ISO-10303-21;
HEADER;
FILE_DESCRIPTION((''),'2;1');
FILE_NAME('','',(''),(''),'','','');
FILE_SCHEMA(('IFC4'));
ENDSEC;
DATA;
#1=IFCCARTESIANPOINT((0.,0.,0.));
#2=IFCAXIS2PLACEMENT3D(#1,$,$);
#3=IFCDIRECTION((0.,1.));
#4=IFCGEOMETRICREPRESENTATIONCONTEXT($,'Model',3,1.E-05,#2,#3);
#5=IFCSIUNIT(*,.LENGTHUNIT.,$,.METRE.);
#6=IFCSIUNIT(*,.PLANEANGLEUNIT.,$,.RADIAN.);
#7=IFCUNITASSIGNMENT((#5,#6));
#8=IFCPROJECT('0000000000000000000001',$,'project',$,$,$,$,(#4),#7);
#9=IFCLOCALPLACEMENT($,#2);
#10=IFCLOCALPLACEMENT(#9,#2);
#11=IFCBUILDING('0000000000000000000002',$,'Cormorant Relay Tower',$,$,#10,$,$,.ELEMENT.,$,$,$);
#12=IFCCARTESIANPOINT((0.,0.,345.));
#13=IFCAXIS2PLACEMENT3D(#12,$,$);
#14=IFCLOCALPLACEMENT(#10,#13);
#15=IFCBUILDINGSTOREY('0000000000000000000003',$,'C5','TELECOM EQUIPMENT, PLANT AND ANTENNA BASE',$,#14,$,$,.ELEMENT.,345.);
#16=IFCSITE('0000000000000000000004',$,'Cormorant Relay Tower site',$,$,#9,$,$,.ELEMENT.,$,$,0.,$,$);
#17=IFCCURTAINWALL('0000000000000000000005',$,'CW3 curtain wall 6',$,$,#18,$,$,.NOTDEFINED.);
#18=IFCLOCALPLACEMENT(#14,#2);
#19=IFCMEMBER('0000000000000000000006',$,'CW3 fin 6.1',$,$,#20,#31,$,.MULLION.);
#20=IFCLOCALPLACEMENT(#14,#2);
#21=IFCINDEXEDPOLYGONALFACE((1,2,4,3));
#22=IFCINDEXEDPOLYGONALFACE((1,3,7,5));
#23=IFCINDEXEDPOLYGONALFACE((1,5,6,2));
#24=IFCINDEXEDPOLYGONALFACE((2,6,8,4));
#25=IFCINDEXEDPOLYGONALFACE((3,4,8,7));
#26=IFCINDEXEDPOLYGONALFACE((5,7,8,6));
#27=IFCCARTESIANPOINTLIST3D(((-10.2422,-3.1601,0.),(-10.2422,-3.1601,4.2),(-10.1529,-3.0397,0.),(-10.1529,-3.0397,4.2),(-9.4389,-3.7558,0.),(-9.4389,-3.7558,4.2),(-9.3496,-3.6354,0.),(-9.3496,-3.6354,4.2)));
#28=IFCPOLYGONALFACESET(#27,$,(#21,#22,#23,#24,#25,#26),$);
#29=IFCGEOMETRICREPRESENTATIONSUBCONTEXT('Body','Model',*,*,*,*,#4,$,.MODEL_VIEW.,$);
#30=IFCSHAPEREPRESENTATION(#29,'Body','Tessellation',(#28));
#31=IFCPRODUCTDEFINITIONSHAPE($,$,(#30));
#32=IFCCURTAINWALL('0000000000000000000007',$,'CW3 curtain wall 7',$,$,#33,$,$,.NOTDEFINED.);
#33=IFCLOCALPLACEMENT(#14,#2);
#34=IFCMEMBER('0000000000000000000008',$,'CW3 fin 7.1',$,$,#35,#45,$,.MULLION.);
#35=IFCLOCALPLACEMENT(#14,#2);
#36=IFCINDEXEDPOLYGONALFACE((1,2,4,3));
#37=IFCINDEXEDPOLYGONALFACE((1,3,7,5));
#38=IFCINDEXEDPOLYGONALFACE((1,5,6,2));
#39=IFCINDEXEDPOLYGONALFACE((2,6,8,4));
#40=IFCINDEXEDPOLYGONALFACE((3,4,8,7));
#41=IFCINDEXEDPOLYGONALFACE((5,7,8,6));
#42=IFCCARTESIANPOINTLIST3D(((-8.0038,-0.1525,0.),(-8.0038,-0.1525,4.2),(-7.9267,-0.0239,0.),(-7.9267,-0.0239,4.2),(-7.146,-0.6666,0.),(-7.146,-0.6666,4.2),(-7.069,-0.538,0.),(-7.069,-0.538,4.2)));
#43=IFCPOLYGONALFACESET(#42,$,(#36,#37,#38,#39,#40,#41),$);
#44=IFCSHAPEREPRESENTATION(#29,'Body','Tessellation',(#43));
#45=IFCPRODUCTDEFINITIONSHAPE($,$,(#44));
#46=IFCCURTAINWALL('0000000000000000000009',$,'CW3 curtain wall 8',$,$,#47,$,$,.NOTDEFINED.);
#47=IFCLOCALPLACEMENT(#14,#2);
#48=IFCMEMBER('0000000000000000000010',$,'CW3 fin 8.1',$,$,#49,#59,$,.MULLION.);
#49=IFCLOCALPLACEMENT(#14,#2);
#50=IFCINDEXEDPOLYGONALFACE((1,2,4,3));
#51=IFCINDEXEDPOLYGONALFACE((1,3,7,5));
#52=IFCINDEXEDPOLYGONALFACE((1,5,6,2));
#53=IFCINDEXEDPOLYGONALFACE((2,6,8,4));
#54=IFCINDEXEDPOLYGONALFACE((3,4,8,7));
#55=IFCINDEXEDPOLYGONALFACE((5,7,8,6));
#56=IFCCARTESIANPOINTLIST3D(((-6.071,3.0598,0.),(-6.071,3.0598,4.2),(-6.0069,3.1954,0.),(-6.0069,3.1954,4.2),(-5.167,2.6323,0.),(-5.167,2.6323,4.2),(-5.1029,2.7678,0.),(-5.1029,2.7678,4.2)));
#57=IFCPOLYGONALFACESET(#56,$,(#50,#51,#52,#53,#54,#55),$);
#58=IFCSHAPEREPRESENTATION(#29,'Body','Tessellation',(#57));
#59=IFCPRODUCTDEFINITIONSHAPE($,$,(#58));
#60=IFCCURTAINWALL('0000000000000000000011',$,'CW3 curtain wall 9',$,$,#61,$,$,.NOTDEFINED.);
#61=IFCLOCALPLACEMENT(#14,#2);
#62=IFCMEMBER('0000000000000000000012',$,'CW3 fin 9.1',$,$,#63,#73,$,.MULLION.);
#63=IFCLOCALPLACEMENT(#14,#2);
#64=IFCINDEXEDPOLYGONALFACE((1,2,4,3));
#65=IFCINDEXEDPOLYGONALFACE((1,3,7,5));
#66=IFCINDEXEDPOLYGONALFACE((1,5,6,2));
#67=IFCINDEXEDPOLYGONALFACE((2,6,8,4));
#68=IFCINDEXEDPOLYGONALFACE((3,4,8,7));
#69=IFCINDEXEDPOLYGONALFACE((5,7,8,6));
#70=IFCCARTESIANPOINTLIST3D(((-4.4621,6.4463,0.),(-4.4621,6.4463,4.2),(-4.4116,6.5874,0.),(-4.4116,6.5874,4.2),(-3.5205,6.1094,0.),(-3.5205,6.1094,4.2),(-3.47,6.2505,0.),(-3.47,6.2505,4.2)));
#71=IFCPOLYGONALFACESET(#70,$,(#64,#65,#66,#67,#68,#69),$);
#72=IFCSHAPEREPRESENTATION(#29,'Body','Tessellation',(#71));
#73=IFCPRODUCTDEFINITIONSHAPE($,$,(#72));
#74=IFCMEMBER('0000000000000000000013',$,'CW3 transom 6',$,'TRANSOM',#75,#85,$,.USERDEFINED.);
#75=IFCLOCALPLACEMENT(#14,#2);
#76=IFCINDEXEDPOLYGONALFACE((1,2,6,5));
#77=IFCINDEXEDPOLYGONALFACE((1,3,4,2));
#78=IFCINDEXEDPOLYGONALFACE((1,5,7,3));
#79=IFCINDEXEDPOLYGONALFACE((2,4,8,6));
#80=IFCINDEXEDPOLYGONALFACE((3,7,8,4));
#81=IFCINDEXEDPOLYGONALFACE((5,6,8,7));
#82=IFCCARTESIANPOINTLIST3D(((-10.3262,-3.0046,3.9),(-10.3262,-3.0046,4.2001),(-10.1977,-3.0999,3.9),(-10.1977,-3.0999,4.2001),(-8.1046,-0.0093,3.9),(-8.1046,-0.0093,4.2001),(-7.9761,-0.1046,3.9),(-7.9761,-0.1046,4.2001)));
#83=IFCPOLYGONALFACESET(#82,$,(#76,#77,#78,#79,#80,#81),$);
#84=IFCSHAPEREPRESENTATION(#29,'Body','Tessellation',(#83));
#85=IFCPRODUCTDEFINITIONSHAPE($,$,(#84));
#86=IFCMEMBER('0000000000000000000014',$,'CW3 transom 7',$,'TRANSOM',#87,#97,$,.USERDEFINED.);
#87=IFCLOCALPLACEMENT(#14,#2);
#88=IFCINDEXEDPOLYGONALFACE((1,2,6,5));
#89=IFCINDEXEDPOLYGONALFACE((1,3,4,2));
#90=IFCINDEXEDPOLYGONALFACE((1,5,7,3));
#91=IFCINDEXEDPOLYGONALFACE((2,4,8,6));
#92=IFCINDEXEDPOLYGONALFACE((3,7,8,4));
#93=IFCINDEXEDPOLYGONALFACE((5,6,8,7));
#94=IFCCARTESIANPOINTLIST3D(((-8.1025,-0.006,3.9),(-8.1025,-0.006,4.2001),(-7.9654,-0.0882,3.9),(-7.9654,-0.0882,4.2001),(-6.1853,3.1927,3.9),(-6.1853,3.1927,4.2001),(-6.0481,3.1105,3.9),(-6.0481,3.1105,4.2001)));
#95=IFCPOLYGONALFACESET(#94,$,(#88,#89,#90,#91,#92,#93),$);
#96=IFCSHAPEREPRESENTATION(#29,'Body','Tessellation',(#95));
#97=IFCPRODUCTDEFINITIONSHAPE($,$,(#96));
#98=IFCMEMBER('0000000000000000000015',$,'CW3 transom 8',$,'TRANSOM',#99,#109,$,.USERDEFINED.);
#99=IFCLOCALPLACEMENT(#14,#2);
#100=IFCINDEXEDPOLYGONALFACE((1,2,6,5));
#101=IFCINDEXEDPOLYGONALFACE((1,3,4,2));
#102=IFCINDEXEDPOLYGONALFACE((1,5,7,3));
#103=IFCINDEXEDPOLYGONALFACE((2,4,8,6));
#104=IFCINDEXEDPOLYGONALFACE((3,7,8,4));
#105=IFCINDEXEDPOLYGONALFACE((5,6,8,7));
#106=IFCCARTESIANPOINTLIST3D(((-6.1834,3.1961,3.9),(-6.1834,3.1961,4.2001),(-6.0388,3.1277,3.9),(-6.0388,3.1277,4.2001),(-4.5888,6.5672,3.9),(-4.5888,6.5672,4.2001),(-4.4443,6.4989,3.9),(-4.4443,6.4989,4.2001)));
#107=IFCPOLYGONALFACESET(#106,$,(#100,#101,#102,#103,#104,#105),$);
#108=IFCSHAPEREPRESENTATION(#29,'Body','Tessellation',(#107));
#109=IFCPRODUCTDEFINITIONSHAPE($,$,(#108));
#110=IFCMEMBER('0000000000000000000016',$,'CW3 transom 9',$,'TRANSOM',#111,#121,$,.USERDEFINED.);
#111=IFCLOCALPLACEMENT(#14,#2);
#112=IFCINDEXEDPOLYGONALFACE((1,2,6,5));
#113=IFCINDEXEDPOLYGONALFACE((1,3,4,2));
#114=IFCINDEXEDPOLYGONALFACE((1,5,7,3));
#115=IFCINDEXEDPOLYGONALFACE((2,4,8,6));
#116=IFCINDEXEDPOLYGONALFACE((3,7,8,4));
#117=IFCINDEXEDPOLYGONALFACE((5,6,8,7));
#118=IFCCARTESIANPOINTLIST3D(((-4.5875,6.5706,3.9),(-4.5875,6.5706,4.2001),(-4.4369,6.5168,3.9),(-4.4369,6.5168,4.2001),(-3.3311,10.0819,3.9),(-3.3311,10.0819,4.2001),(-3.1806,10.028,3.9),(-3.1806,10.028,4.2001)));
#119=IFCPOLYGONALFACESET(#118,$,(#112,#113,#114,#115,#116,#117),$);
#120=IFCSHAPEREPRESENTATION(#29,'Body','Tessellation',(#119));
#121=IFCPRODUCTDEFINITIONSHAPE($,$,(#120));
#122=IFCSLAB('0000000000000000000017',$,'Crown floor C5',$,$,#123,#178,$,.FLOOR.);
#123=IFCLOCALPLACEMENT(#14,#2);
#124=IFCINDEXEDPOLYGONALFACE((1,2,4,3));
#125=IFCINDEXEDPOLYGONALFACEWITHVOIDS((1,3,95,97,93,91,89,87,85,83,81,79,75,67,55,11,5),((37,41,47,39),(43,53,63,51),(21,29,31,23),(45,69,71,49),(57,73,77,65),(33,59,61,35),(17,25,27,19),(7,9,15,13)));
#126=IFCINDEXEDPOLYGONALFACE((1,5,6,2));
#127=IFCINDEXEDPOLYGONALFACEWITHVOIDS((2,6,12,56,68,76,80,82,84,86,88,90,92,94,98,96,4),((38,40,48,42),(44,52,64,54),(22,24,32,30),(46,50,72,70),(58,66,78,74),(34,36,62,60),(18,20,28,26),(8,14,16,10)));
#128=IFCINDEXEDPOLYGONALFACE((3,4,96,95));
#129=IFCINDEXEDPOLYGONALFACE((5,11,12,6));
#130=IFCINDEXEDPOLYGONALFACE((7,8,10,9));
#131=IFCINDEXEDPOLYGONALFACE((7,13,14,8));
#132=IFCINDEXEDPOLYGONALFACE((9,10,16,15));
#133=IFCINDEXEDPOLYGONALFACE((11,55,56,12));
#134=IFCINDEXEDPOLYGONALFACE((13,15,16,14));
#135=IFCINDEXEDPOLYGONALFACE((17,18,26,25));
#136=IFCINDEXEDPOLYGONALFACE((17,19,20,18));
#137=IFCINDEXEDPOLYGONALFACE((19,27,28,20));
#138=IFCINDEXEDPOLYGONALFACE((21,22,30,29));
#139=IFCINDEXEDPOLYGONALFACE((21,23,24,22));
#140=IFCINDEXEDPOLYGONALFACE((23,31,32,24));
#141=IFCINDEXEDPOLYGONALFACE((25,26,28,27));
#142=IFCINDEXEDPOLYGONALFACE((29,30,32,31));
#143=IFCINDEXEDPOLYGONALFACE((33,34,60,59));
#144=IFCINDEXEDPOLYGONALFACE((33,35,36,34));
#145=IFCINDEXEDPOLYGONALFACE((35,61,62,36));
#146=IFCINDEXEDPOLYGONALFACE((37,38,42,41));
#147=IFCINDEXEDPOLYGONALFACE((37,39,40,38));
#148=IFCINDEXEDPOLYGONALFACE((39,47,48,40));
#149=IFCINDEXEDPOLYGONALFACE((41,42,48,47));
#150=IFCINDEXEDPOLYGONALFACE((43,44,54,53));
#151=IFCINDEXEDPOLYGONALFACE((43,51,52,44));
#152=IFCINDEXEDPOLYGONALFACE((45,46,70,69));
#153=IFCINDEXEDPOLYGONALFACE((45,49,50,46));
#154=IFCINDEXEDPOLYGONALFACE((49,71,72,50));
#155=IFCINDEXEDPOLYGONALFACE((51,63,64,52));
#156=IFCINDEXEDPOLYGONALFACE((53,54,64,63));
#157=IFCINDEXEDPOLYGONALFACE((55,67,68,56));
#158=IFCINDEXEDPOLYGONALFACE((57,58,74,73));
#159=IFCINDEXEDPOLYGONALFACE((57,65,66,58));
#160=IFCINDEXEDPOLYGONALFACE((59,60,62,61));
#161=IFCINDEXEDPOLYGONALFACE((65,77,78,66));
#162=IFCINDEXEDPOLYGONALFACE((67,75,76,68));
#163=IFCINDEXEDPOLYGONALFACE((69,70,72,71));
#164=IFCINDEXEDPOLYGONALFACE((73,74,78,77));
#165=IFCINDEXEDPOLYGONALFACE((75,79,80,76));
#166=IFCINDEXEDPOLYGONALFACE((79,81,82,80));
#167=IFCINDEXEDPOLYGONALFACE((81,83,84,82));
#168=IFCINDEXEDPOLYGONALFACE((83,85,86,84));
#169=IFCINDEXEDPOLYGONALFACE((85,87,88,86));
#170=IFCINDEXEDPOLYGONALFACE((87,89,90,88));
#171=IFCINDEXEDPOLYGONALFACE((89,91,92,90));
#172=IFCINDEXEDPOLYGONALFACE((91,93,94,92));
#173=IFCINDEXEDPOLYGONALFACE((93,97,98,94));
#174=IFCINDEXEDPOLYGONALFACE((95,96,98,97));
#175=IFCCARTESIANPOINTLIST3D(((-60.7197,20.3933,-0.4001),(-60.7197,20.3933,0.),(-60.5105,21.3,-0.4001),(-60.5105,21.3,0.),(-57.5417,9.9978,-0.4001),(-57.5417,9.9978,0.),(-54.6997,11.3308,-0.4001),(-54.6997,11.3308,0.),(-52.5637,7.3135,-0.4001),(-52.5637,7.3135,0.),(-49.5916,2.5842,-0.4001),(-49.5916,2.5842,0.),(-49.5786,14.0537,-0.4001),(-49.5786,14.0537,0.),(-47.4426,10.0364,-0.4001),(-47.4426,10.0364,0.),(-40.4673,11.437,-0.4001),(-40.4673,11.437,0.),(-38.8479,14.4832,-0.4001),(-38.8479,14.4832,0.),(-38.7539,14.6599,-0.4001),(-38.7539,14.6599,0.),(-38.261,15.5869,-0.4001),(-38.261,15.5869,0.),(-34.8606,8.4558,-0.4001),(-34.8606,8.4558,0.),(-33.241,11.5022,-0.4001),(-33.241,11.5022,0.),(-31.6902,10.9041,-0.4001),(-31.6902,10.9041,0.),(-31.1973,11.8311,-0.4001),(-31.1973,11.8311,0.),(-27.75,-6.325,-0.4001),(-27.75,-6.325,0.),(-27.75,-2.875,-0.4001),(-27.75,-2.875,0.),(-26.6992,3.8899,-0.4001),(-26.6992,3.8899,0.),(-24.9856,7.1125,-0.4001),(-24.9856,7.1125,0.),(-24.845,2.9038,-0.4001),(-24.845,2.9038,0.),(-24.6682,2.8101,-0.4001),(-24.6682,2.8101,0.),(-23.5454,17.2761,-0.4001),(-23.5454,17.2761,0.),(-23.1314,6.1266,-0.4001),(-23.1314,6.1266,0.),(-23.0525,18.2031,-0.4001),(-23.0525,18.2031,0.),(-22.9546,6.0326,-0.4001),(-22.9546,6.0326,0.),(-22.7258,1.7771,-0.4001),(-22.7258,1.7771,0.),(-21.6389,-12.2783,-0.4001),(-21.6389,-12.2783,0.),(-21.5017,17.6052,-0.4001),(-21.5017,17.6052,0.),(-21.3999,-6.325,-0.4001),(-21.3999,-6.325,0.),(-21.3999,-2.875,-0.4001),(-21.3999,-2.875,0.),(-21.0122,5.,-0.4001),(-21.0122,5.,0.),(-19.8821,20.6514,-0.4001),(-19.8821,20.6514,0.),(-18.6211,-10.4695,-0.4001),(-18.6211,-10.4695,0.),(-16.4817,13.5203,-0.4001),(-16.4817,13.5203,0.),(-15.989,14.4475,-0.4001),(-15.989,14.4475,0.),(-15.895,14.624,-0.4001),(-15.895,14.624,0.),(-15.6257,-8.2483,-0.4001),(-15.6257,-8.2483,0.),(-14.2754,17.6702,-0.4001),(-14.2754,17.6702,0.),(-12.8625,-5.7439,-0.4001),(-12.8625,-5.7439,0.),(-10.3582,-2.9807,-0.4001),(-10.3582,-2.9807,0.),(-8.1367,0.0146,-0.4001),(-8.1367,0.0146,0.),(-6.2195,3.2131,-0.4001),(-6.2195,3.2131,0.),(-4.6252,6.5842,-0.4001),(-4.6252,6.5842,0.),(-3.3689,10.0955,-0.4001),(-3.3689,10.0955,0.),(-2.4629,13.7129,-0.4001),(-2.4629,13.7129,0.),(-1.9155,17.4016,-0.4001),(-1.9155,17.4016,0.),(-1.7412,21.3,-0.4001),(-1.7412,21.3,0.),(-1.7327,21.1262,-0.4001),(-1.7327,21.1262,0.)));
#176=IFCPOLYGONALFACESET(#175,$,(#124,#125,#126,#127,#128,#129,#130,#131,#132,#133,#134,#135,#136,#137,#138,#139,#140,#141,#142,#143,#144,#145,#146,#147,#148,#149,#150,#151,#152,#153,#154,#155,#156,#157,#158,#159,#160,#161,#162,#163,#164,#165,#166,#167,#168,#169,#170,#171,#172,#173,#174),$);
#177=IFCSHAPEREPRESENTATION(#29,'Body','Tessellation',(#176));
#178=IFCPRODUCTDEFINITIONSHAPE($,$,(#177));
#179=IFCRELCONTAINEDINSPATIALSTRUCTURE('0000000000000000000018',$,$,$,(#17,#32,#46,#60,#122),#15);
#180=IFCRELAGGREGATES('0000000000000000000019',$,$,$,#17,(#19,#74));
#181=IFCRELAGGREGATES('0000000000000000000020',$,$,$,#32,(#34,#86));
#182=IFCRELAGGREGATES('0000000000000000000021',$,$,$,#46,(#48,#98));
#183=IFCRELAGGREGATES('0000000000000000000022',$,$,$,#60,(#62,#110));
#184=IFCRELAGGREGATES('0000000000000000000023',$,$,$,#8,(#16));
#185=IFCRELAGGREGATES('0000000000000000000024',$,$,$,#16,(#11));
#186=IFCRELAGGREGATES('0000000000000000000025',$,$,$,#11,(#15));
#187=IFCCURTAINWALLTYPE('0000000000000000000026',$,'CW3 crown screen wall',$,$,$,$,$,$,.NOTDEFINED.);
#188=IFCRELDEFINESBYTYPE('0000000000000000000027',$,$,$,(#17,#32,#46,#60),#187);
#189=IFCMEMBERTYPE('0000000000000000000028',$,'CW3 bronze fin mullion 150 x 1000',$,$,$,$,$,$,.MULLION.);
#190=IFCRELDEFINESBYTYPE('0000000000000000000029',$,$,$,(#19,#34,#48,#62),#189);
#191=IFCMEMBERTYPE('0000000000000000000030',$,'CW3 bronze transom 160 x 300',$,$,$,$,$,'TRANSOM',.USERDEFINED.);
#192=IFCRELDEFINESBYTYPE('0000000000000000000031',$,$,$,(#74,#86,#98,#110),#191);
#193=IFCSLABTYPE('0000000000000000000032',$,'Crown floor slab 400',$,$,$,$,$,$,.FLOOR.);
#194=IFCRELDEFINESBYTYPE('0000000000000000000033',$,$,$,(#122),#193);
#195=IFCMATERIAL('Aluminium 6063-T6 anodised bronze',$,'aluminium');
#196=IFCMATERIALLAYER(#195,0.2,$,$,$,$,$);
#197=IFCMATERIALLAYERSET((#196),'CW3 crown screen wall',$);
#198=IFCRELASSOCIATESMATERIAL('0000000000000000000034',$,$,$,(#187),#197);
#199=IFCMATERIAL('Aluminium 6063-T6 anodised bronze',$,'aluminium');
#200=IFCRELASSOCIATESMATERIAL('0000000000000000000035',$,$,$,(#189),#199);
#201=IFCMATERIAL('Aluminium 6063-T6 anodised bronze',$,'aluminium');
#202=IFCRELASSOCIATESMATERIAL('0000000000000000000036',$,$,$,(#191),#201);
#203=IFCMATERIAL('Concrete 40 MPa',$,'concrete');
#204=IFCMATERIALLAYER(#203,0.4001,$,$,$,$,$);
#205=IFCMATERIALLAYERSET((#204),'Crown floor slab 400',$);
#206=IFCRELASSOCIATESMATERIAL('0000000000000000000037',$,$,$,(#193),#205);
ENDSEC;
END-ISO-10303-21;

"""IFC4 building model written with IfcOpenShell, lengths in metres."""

from ifc_helpers import new_model, si_unit, direction, frame, origin, origin_2d, place, context, subcontext, project, spatial, polyline, rectangle, outline, extrude, material, layer, layer_set, material_profile, profile_set, type_object, element, aggregate, save


model = new_model("IFC4")

# Units and contexts
model_context = context("Model", 3, precision=1e-05, world=origin(), true_north=direction((0.0, 1.0)))
body_context = subcontext(model_context, "Body", "Model", "MODEL_VIEW")
ifc_project = project(units=[si_unit("LENGTHUNIT", "METRE"), si_unit("PLANEANGLEUNIT", "RADIAN")], contexts=[model_context])

# Site, building, storey
site_placement = place(None, origin())
site = spatial("IfcSite", under=ifc_project, at=site_placement, Name="Cormorant Relay Tower site", CompositionType="ELEMENT", RefElevation=0.0)
building_placement = place(site_placement, origin())
building = spatial("IfcBuilding", under=site, at=building_placement, Name="Cormorant Relay Tower", CompositionType="ELEMENT")
storey_placement = place(building_placement, frame((0.0, 0.0, 345.0)))
storey = spatial("IfcBuildingStorey", under=building, at=storey_placement, Name="C5", Description="TELECOM EQUIPMENT, PLANT AND ANTENNA BASE", CompositionType="ELEMENT", Elevation=345.0)

# Curtain walls, members
ifc_material_1 = material(Name="Aluminium 6063-T6 anodised bronze", Category="aluminium")
ifc_layer_1 = layer(ifc_material_1, 0.2)
ifc_layer_set_1 = layer_set([ifc_layer_1], Name="CW3 crown screen wall")
curtain_wall_type = type_object("IfcCurtainWallType", Name="CW3 crown screen wall", PredefinedType="NOTDEFINED", material=ifc_layer_set_1)
curtain_wall_1_placement = place(storey_placement, origin())
curtain_wall_1 = element("IfcCurtainWall", 1, at=curtain_wall_1_placement, inside=storey, type_object=curtain_wall_type, Name="CW3 curtain wall 6", PredefinedType="NOTDEFINED")
ifc_material_2 = material(Name="Aluminium 6063-T6 anodised bronze", Category="aluminium")
ifc_material_profile_1 = material_profile(ifc_material_2, rectangle(XDim=0.1499, YDim=1.0, at=origin_2d()), Name="AL 150x1000")
ifc_profile_set_1 = profile_set([ifc_material_profile_1], Name="Aluminium 6063-T6 anodised bronze")
member_type_1 = type_object("IfcMemberType", Name="CW3 bronze fin mullion 150 x 1000", PredefinedType="MULLION", material=ifc_profile_set_1)
member_1_placement = place(storey_placement, frame((-9.7959, -3.3977, 0.0), z_axis=(0.0, 0.0, 1.0), x_axis=(0.595699, 0.803208, 0.0)))
member_1 = element("IfcMember", 2, at=member_1_placement, type_object=member_type_1, Name="CW3 fin 6.1", PredefinedType="MULLION", context=body_context, shape_type="SweptSolid", body=[
    extrude(rectangle(XDim=0.1499, YDim=1.0, at=origin_2d()), origin(), (0.0, 0.0, 1.0), 4.2),
])
curtain_wall_2_placement = place(storey_placement, origin())
curtain_wall_2 = element("IfcCurtainWall", 3, at=curtain_wall_2_placement, inside=storey, type_object=curtain_wall_type, Name="CW3 curtain wall 7", PredefinedType="NOTDEFINED")
member_2_placement = place(storey_placement, frame((-7.5364, -0.3452, 0.0), z_axis=(0.0, 0.0, 1.0), x_axis=(0.514103, 0.857729, 0.0)))
member_2 = element("IfcMember", 4, at=member_2_placement, type_object=member_type_1, Name="CW3 fin 7.1", PredefinedType="MULLION", context=body_context, shape_type="SweptSolid", body=[
    extrude(rectangle(XDim=0.1499, YDim=1.0, at=origin_2d()), origin(), (0.0, 0.0, 1.0), 4.2),
])
curtain_wall_3_placement = place(storey_placement, origin())
curtain_wall_3 = element("IfcCurtainWall", 5, at=curtain_wall_3_placement, inside=storey, type_object=curtain_wall_type, Name="CW3 curtain wall 8", PredefinedType="NOTDEFINED")
member_3_placement = place(storey_placement, frame((-5.5869, 2.9138, 0.0), z_axis=(0.0, 0.0, 1.0), x_axis=(0.427555, 0.903989, 0.0)))
member_3 = element("IfcMember", 6, at=member_3_placement, type_object=member_type_1, Name="CW3 fin 8.1", PredefinedType="MULLION", context=body_context, shape_type="SweptSolid", body=[
    extrude(rectangle(XDim=0.1499, YDim=1.0, at=origin_2d()), origin(), (0.0, 0.0, 1.0), 4.2),
])
curtain_wall_4_placement = place(storey_placement, origin())
curtain_wall_4 = element("IfcCurtainWall", 7, at=curtain_wall_4_placement, inside=storey, type_object=curtain_wall_type, Name="CW3 curtain wall 9", PredefinedType="NOTDEFINED")
member_4_placement = place(storey_placement, frame((-3.9661, 6.3484, 0.0), z_axis=(0.0, 0.0, 1.0), x_axis=(0.33689, 0.941544, 0.0)))
member_4 = element("IfcMember", 8, at=member_4_placement, type_object=member_type_1, Name="CW3 fin 9.1", PredefinedType="MULLION", context=body_context, shape_type="SweptSolid", body=[
    extrude(rectangle(XDim=0.1499, YDim=1.0, at=origin_2d()), origin(), (0.0, 0.0, 1.0), 4.2),
])

# Members
ifc_material_3 = material(Name="Aluminium 6063-T6 anodised bronze", Category="aluminium")
ifc_material_profile_2 = material_profile(ifc_material_3, rectangle(XDim=0.1599, YDim=0.3, at=origin_2d()), Name="AL 160x300")
ifc_profile_set_2 = profile_set([ifc_material_profile_2], Name="Aluminium 6063-T6 anodised bronze")
member_type_2 = type_object("IfcMemberType", Name="CW3 bronze transom 160 x 300", ElementType="TRANSOM", PredefinedType="USERDEFINED", material=ifc_profile_set_2)
member_5_placement = place(storey_placement, frame((-10.262, -3.0522, 4.05), z_axis=(0.595728, 0.803186, 0.0), x_axis=(-0.803186, 0.595728, 0.0)))
member_5 = element("IfcMember", 9, at=member_5_placement, type_object=member_type_2, Name="CW3 transom 6", ObjectType="TRANSOM", PredefinedType="USERDEFINED", context=body_context, shape_type="SweptSolid", body=[
    extrude(rectangle(XDim=0.1599, YDim=0.3, at=origin_2d()), origin(), (0.0, 0.0, 1.0), 3.7292),
])
member_6_placement = place(storey_placement, frame((-8.0339, -0.0471, 4.05), z_axis=(0.514101, 0.85773, 0.0), x_axis=(-0.85773, 0.514101, 0.0)))
member_6 = element("IfcMember", 10, at=member_6_placement, type_object=member_type_2, Name="CW3 transom 7", ObjectType="TRANSOM", PredefinedType="USERDEFINED", context=body_context, shape_type="SweptSolid", body=[
    extrude(rectangle(XDim=0.1599, YDim=0.3, at=origin_2d()), origin(), (0.0, 0.0, 1.0), 3.7292),
])
member_7_placement = place(storey_placement, frame((-6.1111, 3.1619, 4.05), z_axis=(0.427571, 0.903982, 0.0), x_axis=(-0.903982, 0.427571, 0.0)))
member_7 = element("IfcMember", 11, at=member_7_placement, type_object=member_type_2, Name="CW3 transom 8", ObjectType="TRANSOM", PredefinedType="USERDEFINED", context=body_context, shape_type="SweptSolid", body=[
    extrude(rectangle(XDim=0.1599, YDim=0.3, at=origin_2d()), origin(), (0.0, 0.0, 1.0), 3.7292),
])
member_8_placement = place(storey_placement, frame((-4.5122, 6.5437, 4.05), z_axis=(0.336892, 0.941543, 0.0), x_axis=(-0.941543, 0.336892, 0.0)))
member_8 = element("IfcMember", 12, at=member_8_placement, type_object=member_type_2, Name="CW3 transom 9", ObjectType="TRANSOM", PredefinedType="USERDEFINED", context=body_context, shape_type="SweptSolid", body=[
    extrude(rectangle(XDim=0.1599, YDim=0.3, at=origin_2d()), origin(), (0.0, 0.0, 1.0), 3.7292),
])

# Slab
ifc_material_4 = material(Name="Concrete 40 MPa", Category="concrete")
ifc_layer_2 = layer(ifc_material_4, 0.4001)
ifc_layer_set_2 = layer_set([ifc_layer_2], Name="Crown floor slab 400")
slab_type_1 = type_object("IfcSlabType", Name="Crown floor slab 400", PredefinedType="FLOOR", material=ifc_layer_set_2)
slab_1_placement = place(storey_placement, frame((0.0, 0.0, -0.4001)))
element("IfcSlab", 13, at=slab_1_placement, inside=storey, type_object=slab_type_1, Name="Crown floor C5", PredefinedType="FLOOR", context=body_context, shape_type="SweptSolid", body=[
    extrude(outline(polyline([(-21.6389, -12.2783), (-18.6211, -10.4695), (-15.6257, -8.2483), (-12.8625, -5.7439), (-10.3582, -2.9807), (-8.1367, 0.0146), (-6.2195, 3.2131), (-4.6252, 6.5842), (-3.3689, 10.0955), (-2.4629, 13.7129), (-1.9155, 17.4016), (-1.7327, 21.1262), (-1.7412, 21.3), (-60.5105, 21.3), (-60.7197, 20.3933), (-57.5417, 9.9978), (-49.5916, 2.5842), (-21.6389, -12.2783)]), holes=[polyline([(-21.3999, -2.875), (-27.75, -2.875), (-27.75, -6.325), (-21.3999, -6.325), (-21.3999, -2.875)]), polyline([(-22.9546, 6.0327), (-24.6682, 2.8101), (-22.7258, 1.7771), (-21.0122, 5.0), (-23.043, 6.0796), (-22.9546, 6.0327)]), polyline([(-24.9856, 7.1125), (-26.6992, 3.8899), (-24.845, 2.9038), (-23.1313, 6.1267), (-23.043, 6.0796), (-24.9856, 7.1125)]), polyline([(-54.6997, 11.3308), (-52.5637, 7.3135), (-47.4426, 10.0364), (-49.5786, 14.0537), (-54.6997, 11.3308)]), polyline([(-38.8479, 14.4832), (-40.4673, 11.437), (-34.8606, 8.4558), (-33.241, 11.5022), (-38.8479, 14.4832)]), polyline([(-31.6902, 10.9041), (-31.1973, 11.8311), (-38.261, 15.5869), (-38.7539, 14.6599), (-31.6902, 10.9041)]), polyline([(-23.0525, 18.2031), (-23.5454, 17.2761), (-16.4817, 13.5203), (-15.989, 14.4475), (-23.0525, 18.2031)]), polyline([(-14.2754, 17.6702), (-19.8821, 20.6514), (-21.5017, 17.6052), (-15.895, 14.624), (-14.2754, 17.6702)])]), origin(), (0.0, 0.0, 1.0), 0.4001),
])

aggregate(curtain_wall_1, [member_1, member_5])
aggregate(curtain_wall_2, [member_2, member_6])
aggregate(curtain_wall_3, [member_3, member_7])
aggregate(curtain_wall_4, [member_4, member_8])

save(model, "model.ifc")
